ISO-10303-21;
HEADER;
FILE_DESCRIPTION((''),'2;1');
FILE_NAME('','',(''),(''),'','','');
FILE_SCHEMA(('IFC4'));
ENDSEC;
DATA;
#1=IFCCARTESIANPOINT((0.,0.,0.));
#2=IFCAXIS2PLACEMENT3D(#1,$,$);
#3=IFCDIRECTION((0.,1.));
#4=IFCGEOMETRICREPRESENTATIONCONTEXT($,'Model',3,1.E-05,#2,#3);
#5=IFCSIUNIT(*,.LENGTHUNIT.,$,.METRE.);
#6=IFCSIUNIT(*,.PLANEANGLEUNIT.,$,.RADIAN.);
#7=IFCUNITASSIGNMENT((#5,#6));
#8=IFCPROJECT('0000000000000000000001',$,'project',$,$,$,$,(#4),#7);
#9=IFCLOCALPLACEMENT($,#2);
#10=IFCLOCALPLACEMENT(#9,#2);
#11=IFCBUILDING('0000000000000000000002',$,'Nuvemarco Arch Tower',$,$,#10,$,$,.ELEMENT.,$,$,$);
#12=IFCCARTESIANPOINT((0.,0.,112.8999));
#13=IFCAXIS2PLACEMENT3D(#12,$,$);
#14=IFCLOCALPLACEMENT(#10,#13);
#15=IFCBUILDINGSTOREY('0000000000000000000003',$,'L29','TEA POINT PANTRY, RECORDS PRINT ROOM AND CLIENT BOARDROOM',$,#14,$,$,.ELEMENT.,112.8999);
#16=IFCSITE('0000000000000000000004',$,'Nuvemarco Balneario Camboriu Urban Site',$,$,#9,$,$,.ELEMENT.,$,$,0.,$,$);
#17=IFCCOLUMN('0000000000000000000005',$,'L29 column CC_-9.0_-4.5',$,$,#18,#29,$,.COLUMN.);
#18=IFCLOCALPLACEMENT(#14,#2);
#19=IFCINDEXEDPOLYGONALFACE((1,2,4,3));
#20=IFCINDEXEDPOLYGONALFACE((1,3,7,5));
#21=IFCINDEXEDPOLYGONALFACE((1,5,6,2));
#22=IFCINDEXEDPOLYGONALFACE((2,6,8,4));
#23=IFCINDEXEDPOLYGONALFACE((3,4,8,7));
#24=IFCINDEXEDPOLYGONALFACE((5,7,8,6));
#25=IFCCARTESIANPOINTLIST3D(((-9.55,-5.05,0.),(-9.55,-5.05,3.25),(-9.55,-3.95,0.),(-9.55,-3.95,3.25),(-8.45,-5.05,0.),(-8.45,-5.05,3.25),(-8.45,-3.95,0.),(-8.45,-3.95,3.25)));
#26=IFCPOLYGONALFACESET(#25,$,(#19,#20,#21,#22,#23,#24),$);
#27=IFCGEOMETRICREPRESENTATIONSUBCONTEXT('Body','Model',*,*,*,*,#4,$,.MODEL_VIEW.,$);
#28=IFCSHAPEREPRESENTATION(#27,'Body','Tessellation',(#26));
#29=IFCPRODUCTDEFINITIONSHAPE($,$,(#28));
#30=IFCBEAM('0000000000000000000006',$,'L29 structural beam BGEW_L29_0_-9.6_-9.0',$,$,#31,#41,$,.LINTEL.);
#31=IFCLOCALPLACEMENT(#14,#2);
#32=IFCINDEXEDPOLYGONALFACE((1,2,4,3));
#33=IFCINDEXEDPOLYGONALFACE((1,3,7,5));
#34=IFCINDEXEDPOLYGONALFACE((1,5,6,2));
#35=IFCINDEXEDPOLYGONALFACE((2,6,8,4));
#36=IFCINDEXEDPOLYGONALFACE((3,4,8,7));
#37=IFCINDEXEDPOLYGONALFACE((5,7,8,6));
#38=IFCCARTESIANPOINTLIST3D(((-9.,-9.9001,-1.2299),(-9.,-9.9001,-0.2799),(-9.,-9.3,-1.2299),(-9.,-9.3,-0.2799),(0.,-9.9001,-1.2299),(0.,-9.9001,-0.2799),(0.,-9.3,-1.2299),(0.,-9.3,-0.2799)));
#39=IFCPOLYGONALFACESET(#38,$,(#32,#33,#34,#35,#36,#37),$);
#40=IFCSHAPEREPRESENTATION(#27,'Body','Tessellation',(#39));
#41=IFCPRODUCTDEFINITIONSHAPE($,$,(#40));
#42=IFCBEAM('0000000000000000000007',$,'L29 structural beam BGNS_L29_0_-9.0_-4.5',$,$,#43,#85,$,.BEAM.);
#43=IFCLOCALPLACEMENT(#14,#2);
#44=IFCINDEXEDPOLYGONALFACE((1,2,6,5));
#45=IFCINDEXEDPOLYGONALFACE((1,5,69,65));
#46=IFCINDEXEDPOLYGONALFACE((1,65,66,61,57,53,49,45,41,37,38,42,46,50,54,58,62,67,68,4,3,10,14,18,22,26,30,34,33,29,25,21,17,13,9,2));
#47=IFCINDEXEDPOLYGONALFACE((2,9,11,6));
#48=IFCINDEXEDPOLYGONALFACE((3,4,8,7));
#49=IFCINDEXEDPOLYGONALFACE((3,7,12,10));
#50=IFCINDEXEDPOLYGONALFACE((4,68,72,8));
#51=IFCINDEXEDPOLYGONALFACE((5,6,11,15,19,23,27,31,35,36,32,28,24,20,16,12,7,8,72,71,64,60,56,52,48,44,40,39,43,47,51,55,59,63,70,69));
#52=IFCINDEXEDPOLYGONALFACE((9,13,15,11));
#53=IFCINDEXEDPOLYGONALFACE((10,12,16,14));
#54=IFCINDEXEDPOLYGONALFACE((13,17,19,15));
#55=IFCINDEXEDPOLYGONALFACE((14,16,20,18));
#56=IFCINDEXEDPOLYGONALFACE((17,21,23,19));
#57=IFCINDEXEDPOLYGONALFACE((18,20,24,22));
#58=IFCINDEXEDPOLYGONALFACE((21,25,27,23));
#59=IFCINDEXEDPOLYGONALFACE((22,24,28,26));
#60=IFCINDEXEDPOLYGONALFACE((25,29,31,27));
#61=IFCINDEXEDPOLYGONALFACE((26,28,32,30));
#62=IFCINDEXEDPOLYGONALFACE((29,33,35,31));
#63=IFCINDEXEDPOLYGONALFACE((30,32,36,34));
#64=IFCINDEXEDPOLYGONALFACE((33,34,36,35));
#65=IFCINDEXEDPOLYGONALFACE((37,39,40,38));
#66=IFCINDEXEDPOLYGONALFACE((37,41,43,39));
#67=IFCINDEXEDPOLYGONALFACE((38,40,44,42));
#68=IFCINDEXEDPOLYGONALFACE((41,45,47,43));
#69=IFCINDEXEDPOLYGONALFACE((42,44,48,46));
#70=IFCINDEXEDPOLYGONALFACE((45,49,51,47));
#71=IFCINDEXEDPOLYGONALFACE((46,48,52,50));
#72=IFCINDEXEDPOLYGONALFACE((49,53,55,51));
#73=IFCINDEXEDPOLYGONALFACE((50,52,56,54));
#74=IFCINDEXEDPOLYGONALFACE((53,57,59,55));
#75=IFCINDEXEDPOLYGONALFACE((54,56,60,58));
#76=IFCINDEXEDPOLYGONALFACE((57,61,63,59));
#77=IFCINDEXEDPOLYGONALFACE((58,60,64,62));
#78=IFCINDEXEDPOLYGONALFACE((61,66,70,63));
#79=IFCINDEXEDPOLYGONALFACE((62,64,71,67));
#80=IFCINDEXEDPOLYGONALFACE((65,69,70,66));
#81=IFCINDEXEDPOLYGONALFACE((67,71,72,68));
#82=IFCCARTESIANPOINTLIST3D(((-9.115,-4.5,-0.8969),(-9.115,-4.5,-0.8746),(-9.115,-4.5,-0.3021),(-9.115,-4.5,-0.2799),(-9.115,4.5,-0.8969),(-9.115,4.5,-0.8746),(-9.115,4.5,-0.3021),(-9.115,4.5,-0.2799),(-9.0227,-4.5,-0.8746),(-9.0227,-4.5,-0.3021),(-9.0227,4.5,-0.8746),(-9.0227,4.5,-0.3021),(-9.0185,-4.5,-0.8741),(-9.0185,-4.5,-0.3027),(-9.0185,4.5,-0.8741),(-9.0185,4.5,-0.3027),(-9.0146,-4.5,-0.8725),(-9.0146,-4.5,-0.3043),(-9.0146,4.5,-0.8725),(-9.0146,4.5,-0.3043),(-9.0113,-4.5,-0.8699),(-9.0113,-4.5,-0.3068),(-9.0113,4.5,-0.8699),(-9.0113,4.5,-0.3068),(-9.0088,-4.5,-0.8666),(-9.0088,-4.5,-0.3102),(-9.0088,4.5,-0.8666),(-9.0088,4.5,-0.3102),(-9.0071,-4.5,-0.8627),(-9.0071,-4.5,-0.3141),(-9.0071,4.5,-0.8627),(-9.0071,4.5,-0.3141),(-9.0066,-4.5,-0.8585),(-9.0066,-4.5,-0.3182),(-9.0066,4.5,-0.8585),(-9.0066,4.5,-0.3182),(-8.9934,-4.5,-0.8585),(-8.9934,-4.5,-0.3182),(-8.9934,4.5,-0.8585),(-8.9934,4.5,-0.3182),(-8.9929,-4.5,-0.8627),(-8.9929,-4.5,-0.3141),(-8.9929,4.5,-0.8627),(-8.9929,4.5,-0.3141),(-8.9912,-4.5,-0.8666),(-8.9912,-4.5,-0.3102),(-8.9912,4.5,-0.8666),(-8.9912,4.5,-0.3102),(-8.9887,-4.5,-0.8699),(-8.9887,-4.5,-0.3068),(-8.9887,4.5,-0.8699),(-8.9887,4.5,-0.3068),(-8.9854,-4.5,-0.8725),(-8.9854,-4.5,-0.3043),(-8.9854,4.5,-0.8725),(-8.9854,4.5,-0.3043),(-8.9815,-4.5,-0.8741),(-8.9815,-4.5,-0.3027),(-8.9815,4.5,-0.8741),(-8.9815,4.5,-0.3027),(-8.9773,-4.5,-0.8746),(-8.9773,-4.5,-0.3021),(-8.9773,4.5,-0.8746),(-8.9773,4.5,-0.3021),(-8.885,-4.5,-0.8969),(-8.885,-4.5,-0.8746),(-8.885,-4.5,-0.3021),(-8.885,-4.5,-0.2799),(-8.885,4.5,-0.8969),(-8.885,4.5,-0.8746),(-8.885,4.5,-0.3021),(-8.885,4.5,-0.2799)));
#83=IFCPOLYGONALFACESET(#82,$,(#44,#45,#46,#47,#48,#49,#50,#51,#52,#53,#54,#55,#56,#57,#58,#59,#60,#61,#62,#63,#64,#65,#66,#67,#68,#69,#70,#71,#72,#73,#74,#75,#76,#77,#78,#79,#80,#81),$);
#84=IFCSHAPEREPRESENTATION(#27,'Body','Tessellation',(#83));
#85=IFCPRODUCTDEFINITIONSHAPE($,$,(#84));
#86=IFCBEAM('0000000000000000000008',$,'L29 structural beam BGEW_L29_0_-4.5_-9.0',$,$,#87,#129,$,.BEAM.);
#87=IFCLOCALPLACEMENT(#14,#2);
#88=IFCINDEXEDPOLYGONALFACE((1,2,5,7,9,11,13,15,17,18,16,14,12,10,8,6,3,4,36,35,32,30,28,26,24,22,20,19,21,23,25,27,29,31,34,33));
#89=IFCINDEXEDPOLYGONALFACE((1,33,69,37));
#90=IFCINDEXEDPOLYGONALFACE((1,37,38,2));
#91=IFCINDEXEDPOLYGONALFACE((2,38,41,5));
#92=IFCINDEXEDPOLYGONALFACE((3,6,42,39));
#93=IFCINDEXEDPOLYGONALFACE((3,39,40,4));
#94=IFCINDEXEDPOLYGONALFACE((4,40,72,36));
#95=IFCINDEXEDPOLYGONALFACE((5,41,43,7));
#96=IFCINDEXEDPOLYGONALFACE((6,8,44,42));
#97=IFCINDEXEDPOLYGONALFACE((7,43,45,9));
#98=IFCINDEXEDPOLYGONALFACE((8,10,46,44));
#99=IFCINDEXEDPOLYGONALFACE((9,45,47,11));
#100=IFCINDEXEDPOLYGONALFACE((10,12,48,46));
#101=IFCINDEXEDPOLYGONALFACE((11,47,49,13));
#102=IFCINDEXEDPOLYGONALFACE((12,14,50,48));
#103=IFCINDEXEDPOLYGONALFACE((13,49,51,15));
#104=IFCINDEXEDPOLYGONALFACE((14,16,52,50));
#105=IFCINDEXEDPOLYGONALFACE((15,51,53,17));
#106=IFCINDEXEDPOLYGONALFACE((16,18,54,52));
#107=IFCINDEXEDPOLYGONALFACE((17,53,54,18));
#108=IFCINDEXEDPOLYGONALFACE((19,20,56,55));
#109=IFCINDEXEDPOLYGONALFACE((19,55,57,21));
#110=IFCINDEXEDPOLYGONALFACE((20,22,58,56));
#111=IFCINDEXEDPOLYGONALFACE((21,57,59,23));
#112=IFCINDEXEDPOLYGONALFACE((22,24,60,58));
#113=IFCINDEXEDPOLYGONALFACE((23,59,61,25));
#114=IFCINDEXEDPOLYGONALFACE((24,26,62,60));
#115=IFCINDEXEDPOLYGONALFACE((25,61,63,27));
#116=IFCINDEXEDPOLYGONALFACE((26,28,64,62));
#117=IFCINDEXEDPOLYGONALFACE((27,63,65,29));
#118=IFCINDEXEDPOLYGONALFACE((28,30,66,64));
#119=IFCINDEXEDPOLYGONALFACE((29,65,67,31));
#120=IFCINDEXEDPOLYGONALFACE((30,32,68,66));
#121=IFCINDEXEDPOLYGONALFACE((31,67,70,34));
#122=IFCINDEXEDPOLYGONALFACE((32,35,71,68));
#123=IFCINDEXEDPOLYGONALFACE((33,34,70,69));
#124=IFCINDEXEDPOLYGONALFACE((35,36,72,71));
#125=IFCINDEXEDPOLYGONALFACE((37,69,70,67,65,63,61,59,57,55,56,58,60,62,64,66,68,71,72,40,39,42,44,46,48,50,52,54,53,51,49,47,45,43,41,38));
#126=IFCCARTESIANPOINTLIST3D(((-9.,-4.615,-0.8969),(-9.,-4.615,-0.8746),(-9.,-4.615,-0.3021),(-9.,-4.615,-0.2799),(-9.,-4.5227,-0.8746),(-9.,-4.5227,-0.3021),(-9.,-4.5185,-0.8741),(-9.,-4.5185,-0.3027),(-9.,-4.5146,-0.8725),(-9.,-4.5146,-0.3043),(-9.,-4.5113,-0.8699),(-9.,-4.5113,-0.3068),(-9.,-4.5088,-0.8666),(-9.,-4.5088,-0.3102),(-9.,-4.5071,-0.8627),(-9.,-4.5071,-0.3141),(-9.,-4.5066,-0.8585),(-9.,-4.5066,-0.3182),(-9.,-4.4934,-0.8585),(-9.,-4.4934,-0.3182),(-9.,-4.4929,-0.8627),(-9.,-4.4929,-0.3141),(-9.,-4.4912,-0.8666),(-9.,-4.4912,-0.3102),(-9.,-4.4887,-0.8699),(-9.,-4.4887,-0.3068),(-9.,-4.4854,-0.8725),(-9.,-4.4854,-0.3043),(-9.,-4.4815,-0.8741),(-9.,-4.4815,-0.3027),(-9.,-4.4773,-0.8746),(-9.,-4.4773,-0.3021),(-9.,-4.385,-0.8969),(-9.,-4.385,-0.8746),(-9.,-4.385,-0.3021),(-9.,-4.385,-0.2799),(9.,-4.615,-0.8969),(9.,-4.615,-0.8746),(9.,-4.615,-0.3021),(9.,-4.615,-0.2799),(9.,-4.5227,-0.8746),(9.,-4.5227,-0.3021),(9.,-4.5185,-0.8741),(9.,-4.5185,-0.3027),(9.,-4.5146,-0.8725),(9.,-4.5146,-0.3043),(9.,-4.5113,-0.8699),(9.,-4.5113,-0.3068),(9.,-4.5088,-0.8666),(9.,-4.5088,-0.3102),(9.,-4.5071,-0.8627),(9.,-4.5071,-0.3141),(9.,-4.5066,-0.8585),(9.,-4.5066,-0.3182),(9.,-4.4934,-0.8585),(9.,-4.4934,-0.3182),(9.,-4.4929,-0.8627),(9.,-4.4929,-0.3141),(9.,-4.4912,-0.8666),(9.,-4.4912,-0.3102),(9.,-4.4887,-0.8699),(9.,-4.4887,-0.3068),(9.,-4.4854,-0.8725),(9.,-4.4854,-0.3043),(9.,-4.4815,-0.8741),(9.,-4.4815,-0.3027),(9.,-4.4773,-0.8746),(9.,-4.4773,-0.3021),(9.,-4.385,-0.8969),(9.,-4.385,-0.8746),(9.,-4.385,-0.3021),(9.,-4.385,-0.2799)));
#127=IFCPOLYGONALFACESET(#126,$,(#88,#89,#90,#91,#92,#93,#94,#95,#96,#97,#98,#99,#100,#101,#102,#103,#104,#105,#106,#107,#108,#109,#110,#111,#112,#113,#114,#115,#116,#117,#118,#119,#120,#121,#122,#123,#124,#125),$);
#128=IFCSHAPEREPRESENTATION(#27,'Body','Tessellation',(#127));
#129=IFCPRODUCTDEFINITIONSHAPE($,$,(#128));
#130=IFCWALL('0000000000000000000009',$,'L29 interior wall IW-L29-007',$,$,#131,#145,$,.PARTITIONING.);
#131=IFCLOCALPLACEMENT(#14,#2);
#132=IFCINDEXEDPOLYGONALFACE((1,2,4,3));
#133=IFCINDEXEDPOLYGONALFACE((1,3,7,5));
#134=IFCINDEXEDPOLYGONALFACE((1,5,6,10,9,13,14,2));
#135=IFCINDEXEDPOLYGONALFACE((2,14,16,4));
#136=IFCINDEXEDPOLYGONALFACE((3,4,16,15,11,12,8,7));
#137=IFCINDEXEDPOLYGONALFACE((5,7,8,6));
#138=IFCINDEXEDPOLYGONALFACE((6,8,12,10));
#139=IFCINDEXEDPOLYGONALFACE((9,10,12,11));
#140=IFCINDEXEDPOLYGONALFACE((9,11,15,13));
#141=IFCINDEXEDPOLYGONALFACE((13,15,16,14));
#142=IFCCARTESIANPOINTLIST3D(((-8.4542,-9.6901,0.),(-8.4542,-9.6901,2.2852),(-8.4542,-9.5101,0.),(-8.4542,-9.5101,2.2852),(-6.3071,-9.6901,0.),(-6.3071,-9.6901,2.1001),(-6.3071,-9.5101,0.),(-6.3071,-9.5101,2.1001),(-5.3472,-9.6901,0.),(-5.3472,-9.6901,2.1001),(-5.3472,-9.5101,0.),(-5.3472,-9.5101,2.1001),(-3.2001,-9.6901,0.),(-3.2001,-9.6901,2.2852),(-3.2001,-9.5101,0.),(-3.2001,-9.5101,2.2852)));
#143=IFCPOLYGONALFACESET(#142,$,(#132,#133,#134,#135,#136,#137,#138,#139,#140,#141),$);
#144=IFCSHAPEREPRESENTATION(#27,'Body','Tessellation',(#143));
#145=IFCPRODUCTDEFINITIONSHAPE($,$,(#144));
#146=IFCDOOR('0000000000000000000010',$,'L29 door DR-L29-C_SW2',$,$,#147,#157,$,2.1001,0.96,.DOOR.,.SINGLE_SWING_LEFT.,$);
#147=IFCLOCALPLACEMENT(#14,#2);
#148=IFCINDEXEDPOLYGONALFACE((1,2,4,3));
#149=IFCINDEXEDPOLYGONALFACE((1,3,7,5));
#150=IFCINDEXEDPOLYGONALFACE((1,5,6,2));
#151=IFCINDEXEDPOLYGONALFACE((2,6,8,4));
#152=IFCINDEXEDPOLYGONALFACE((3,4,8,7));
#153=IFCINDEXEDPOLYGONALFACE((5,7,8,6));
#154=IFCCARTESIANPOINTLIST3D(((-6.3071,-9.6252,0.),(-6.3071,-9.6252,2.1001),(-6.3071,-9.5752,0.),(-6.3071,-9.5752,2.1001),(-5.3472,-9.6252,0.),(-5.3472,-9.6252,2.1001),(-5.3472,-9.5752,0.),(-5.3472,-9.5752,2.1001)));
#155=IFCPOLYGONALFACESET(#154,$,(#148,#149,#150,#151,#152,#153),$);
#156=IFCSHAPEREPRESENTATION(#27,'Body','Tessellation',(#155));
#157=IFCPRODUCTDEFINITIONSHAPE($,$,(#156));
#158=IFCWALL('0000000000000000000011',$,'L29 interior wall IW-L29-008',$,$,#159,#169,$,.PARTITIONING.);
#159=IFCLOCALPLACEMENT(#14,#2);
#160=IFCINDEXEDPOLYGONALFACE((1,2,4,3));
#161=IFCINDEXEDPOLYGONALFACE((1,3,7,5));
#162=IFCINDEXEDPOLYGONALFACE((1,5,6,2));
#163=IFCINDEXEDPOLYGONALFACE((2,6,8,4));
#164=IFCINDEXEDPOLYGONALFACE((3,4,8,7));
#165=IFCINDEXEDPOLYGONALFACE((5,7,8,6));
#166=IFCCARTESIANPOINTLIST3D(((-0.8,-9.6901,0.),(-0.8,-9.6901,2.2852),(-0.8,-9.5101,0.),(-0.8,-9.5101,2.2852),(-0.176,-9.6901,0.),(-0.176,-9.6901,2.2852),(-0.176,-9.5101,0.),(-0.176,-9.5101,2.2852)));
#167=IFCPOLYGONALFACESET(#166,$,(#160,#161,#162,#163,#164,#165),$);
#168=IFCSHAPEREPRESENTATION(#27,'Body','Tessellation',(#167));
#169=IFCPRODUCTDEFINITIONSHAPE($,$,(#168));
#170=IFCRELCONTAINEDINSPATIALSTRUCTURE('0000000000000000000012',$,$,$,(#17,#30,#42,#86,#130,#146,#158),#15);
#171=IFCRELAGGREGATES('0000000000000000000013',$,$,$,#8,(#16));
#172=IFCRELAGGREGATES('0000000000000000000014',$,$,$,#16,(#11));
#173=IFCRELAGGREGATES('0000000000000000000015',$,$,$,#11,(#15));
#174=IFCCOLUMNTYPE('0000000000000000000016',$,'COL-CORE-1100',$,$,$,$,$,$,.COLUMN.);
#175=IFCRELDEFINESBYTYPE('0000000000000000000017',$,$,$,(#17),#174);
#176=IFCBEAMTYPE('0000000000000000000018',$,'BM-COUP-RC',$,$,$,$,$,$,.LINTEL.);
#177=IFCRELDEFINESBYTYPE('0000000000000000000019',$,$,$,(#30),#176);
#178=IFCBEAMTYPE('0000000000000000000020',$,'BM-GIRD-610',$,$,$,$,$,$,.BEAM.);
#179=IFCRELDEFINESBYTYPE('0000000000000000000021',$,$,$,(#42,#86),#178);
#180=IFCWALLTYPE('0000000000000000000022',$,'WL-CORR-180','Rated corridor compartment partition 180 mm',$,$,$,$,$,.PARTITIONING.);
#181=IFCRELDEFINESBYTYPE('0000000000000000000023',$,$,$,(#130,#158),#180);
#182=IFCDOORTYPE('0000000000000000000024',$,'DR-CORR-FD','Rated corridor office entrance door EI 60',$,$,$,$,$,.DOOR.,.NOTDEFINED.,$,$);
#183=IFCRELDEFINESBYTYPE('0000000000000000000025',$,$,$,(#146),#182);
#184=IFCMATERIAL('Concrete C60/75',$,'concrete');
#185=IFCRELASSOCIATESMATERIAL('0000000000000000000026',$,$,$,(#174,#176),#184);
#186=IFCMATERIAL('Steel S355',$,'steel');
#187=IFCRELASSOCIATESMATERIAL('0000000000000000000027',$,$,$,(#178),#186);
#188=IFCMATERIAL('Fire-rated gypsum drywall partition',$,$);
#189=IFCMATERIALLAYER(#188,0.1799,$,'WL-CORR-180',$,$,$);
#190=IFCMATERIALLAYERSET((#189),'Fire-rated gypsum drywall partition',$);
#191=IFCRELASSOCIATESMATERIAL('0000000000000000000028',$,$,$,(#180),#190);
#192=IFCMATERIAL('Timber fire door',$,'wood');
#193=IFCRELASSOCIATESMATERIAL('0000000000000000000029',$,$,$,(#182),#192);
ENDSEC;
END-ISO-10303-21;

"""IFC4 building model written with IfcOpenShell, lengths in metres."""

from ifc_helpers import new_model, si_unit, direction, frame, frame_2d, origin, origin_2d, place, context, subcontext, project, spatial, rectangle, i_section, extrude, source, transform, mapped, material, layer, layer_set, material_profile, profile_set, type_object, type_shapes, element, fill, save


model = new_model("IFC4")

# Units and contexts
model_context = context("Model", 3, precision=1e-05, world=origin(), true_north=direction((0.0, 1.0)))
body_context = subcontext(model_context, "Body", "Model", "MODEL_VIEW")
ifc_project = project(units=[si_unit("LENGTHUNIT", "METRE"), si_unit("PLANEANGLEUNIT", "RADIAN")], contexts=[model_context])

# Site, building, storey
site_placement = place(None, origin())
site = spatial("IfcSite", under=ifc_project, at=site_placement, Name="Nuvemarco Balneario Camboriu Urban Site", CompositionType="ELEMENT", RefElevation=0.0)
building_placement = place(site_placement, origin())
building = spatial("IfcBuilding", under=site, at=building_placement, Name="Nuvemarco Arch Tower", CompositionType="ELEMENT")
storey_placement = place(building_placement, frame((0.0, 0.0, 112.8999)))
storey = spatial("IfcBuildingStorey", under=building, at=storey_placement, Name="L29", Description="TEA POINT PANTRY, RECORDS PRINT ROOM AND CLIENT BOARDROOM", CompositionType="ELEMENT", Elevation=112.8999)

# Column
ifc_material_1 = material(Name="Concrete C60/75", Category="concrete")
ifc_material_profile_1 = material_profile(ifc_material_1, rectangle(XDim=1.1001, YDim=1.1001, at=origin_2d()), Name="RC-COL-1100x1100")
ifc_profile_set_1 = profile_set([ifc_material_profile_1], Name="Concrete C60/75")
column_type = type_object("IfcColumnType", Name="COL-CORE-1100", PredefinedType="COLUMN", material=ifc_profile_set_1)
column_placement = place(storey_placement, frame((-9.0, -4.5, 0.0), z_axis=(0.0, 0.0, 1.0), x_axis=(1.0, 0.0, 0.0)))
element("IfcColumn", 1, at=column_placement, inside=storey, type_object=column_type, Name="L29 column CC_-9.0_-4.5", PredefinedType="COLUMN", context=body_context, shape_type="SweptSolid", body=[
    extrude(rectangle(XDim=1.1001, YDim=1.1001, at=origin_2d()), origin(), (0.0, 0.0, 1.0), 3.25),
])

# Beams
ifc_material_profile_2 = material_profile(ifc_material_1, rectangle(XDim=0.6001, YDim=0.95, at=origin_2d()), Name="RC-BM-600x950")
ifc_profile_set_2 = profile_set([ifc_material_profile_2], Name="Concrete C60/75")
beam_type_1 = type_object("IfcBeamType", Name="BM-COUP-RC", PredefinedType="LINTEL", material=ifc_profile_set_2)
beam_1_placement = place(storey_placement, frame((-9.0, -9.6001, -0.7549), z_axis=(1.0, 0.0, 0.0), x_axis=(0.0, 1.0, 0.0)))
element("IfcBeam", 2, at=beam_1_placement, inside=storey, type_object=beam_type_1, Name="L29 structural beam BGEW_L29_0_-9.6_-9.0", PredefinedType="LINTEL", context=body_context, shape_type="SweptSolid", body=[
    extrude(rectangle(XDim=0.6001, YDim=0.95, at=origin_2d()), origin(), (0.0, 0.0, 1.0), 9.0),
])
ifc_material_2 = material(Name="Steel S355", Category="steel")
ifc_material_profile_3 = material_profile(ifc_material_2, i_section(OverallWidth=0.23, OverallDepth=0.6169, WebThickness=0.0132, FlangeThickness=0.0222, FilletRadius=0.0161, at=origin_2d()), Name="W610x140")
ifc_profile_set_3 = profile_set([ifc_material_profile_3], Name="Steel S355")
beam_type_2 = type_object("IfcBeamType", Name="BM-GIRD-610", PredefinedType="BEAM", material=ifc_profile_set_3)
beam_2_placement = place(storey_placement, frame((-9.0, -4.5, -0.5884), z_axis=(0.0, 1.0, 0.0), x_axis=(-1.0, 0.0, 0.0)))
element("IfcBeam", 3, at=beam_2_placement, inside=storey, type_object=beam_type_2, Name="L29 structural beam BGNS_L29_0_-9.0_-4.5", PredefinedType="BEAM", context=body_context, shape_type="SweptSolid", body=[
    extrude(i_section(OverallWidth=0.23, OverallDepth=0.6169, WebThickness=0.0132, FlangeThickness=0.0222, FilletRadius=0.0161, at=origin_2d()), origin(), (0.0, 0.0, 1.0), 9.0),
])
beam_3_placement = place(storey_placement, frame((-9.0, -4.5, -0.5884), z_axis=(1.0, 0.0, 0.0), x_axis=(0.0, 1.0, 0.0)))
element("IfcBeam", 4, at=beam_3_placement, inside=storey, type_object=beam_type_2, Name="L29 structural beam BGEW_L29_0_-4.5_-9.0", PredefinedType="BEAM", context=body_context, shape_type="SweptSolid", body=[
    extrude(i_section(OverallWidth=0.23, OverallDepth=0.6169, WebThickness=0.0132, FlangeThickness=0.0222, FilletRadius=0.0161, at=origin_2d()), origin(), (0.0, 0.0, 1.0), 18.0),
])

# Wall, opening, door
ifc_material_3 = material(Name="Fire-rated gypsum drywall partition")
ifc_layer_1 = layer(ifc_material_3, 0.1799, Name="WL-CORR-180")
ifc_layer_set_1 = layer_set([ifc_layer_1], Name="Fire-rated gypsum drywall partition")
wall_type_1 = type_object("IfcWallType", Name="WL-CORR-180", Description="Rated corridor compartment partition 180 mm", PredefinedType="PARTITIONING", material=ifc_layer_set_1)
wall_1_placement = place(storey_placement, frame((-8.4541, -9.6001, 0.0), z_axis=(0.0, 0.0, 1.0), x_axis=(1.0, 0.0, 0.0)))
wall_1 = element("IfcWall", 5, at=wall_1_placement, inside=storey, type_object=wall_type_1, Name="L29 interior wall IW-L29-007", PredefinedType="PARTITIONING", context=body_context, shape_type="SweptSolid", body=[
    extrude(rectangle(XDim=5.2542, YDim=0.1799, at=frame_2d((2.627, 0.0))), origin(), (0.0, 0.0, 1.0), 2.2852),
])
opening_1_placement = place(wall_1_placement, frame((2.147, 0.0, 0.0)))
opening_1 = element("IfcOpeningElement", 6, at=opening_1_placement, cuts=wall_1, PredefinedType="OPENING", context=body_context, shape_type="SweptSolid", body=[
    extrude(rectangle(XDim=0.96, YDim=2.1001, at=frame_2d((0.48, 1.05))), frame((0.0, 0.0999, 0.0), z_axis=(0.0, -1.0, 0.0), x_axis=(1.0, 0.0, 0.0)), (0.0, 0.0, 1.0), 0.2),
])
ifc_material_4 = material(Name="Timber fire door", Category="wood")
door_type = type_object("IfcDoorType", Name="DR-CORR-FD", Description="Rated corridor office entrance door EI 60", OperationType="NOTDEFINED", PredefinedType="DOOR", material=ifc_material_4)
shared_shape = source(origin(), body_context, "Body", "SweptSolid", [
    extrude(rectangle(XDim=0.96, YDim=2.1001, at=frame_2d((0.48, 1.05))), frame((0.0, 0.0249, 0.0), z_axis=(0.0, -1.0, 0.0), x_axis=(1.0, 0.0, 0.0)), (0.0, 0.0, 1.0), 0.05),
])
type_shapes(door_type, [shared_shape])
door_1_placement = place(opening_1_placement, origin())
door_1 = element("IfcDoor", 7, at=door_1_placement, inside=storey, type_object=door_type, Name="L29 door DR-L29-C_SW2", OperationType="SINGLE_SWING_LEFT", OverallHeight=2.1001, OverallWidth=0.96, PredefinedType="DOOR", context=body_context, shape_type="MappedRepresentation", body=[
    mapped(shared_shape, transform((0.0, 0.0, 0.0), scale=1.0)),
])
fill(opening_1, door_1)

# Wall
wall_2_placement = place(storey_placement, frame((-0.8, -9.6001, 0.0), z_axis=(0.0, 0.0, 1.0), x_axis=(1.0, 0.0, 0.0)))
element("IfcWall", 8, at=wall_2_placement, inside=storey, type_object=wall_type_1, Name="L29 interior wall IW-L29-008", PredefinedType="PARTITIONING", context=body_context, shape_type="SweptSolid", body=[
    extrude(rectangle(XDim=0.624, YDim=0.1799, at=frame_2d((0.312, 0.0))), origin(), (0.0, 0.0, 1.0), 2.2852),
])

save(model, "model.ifc")
